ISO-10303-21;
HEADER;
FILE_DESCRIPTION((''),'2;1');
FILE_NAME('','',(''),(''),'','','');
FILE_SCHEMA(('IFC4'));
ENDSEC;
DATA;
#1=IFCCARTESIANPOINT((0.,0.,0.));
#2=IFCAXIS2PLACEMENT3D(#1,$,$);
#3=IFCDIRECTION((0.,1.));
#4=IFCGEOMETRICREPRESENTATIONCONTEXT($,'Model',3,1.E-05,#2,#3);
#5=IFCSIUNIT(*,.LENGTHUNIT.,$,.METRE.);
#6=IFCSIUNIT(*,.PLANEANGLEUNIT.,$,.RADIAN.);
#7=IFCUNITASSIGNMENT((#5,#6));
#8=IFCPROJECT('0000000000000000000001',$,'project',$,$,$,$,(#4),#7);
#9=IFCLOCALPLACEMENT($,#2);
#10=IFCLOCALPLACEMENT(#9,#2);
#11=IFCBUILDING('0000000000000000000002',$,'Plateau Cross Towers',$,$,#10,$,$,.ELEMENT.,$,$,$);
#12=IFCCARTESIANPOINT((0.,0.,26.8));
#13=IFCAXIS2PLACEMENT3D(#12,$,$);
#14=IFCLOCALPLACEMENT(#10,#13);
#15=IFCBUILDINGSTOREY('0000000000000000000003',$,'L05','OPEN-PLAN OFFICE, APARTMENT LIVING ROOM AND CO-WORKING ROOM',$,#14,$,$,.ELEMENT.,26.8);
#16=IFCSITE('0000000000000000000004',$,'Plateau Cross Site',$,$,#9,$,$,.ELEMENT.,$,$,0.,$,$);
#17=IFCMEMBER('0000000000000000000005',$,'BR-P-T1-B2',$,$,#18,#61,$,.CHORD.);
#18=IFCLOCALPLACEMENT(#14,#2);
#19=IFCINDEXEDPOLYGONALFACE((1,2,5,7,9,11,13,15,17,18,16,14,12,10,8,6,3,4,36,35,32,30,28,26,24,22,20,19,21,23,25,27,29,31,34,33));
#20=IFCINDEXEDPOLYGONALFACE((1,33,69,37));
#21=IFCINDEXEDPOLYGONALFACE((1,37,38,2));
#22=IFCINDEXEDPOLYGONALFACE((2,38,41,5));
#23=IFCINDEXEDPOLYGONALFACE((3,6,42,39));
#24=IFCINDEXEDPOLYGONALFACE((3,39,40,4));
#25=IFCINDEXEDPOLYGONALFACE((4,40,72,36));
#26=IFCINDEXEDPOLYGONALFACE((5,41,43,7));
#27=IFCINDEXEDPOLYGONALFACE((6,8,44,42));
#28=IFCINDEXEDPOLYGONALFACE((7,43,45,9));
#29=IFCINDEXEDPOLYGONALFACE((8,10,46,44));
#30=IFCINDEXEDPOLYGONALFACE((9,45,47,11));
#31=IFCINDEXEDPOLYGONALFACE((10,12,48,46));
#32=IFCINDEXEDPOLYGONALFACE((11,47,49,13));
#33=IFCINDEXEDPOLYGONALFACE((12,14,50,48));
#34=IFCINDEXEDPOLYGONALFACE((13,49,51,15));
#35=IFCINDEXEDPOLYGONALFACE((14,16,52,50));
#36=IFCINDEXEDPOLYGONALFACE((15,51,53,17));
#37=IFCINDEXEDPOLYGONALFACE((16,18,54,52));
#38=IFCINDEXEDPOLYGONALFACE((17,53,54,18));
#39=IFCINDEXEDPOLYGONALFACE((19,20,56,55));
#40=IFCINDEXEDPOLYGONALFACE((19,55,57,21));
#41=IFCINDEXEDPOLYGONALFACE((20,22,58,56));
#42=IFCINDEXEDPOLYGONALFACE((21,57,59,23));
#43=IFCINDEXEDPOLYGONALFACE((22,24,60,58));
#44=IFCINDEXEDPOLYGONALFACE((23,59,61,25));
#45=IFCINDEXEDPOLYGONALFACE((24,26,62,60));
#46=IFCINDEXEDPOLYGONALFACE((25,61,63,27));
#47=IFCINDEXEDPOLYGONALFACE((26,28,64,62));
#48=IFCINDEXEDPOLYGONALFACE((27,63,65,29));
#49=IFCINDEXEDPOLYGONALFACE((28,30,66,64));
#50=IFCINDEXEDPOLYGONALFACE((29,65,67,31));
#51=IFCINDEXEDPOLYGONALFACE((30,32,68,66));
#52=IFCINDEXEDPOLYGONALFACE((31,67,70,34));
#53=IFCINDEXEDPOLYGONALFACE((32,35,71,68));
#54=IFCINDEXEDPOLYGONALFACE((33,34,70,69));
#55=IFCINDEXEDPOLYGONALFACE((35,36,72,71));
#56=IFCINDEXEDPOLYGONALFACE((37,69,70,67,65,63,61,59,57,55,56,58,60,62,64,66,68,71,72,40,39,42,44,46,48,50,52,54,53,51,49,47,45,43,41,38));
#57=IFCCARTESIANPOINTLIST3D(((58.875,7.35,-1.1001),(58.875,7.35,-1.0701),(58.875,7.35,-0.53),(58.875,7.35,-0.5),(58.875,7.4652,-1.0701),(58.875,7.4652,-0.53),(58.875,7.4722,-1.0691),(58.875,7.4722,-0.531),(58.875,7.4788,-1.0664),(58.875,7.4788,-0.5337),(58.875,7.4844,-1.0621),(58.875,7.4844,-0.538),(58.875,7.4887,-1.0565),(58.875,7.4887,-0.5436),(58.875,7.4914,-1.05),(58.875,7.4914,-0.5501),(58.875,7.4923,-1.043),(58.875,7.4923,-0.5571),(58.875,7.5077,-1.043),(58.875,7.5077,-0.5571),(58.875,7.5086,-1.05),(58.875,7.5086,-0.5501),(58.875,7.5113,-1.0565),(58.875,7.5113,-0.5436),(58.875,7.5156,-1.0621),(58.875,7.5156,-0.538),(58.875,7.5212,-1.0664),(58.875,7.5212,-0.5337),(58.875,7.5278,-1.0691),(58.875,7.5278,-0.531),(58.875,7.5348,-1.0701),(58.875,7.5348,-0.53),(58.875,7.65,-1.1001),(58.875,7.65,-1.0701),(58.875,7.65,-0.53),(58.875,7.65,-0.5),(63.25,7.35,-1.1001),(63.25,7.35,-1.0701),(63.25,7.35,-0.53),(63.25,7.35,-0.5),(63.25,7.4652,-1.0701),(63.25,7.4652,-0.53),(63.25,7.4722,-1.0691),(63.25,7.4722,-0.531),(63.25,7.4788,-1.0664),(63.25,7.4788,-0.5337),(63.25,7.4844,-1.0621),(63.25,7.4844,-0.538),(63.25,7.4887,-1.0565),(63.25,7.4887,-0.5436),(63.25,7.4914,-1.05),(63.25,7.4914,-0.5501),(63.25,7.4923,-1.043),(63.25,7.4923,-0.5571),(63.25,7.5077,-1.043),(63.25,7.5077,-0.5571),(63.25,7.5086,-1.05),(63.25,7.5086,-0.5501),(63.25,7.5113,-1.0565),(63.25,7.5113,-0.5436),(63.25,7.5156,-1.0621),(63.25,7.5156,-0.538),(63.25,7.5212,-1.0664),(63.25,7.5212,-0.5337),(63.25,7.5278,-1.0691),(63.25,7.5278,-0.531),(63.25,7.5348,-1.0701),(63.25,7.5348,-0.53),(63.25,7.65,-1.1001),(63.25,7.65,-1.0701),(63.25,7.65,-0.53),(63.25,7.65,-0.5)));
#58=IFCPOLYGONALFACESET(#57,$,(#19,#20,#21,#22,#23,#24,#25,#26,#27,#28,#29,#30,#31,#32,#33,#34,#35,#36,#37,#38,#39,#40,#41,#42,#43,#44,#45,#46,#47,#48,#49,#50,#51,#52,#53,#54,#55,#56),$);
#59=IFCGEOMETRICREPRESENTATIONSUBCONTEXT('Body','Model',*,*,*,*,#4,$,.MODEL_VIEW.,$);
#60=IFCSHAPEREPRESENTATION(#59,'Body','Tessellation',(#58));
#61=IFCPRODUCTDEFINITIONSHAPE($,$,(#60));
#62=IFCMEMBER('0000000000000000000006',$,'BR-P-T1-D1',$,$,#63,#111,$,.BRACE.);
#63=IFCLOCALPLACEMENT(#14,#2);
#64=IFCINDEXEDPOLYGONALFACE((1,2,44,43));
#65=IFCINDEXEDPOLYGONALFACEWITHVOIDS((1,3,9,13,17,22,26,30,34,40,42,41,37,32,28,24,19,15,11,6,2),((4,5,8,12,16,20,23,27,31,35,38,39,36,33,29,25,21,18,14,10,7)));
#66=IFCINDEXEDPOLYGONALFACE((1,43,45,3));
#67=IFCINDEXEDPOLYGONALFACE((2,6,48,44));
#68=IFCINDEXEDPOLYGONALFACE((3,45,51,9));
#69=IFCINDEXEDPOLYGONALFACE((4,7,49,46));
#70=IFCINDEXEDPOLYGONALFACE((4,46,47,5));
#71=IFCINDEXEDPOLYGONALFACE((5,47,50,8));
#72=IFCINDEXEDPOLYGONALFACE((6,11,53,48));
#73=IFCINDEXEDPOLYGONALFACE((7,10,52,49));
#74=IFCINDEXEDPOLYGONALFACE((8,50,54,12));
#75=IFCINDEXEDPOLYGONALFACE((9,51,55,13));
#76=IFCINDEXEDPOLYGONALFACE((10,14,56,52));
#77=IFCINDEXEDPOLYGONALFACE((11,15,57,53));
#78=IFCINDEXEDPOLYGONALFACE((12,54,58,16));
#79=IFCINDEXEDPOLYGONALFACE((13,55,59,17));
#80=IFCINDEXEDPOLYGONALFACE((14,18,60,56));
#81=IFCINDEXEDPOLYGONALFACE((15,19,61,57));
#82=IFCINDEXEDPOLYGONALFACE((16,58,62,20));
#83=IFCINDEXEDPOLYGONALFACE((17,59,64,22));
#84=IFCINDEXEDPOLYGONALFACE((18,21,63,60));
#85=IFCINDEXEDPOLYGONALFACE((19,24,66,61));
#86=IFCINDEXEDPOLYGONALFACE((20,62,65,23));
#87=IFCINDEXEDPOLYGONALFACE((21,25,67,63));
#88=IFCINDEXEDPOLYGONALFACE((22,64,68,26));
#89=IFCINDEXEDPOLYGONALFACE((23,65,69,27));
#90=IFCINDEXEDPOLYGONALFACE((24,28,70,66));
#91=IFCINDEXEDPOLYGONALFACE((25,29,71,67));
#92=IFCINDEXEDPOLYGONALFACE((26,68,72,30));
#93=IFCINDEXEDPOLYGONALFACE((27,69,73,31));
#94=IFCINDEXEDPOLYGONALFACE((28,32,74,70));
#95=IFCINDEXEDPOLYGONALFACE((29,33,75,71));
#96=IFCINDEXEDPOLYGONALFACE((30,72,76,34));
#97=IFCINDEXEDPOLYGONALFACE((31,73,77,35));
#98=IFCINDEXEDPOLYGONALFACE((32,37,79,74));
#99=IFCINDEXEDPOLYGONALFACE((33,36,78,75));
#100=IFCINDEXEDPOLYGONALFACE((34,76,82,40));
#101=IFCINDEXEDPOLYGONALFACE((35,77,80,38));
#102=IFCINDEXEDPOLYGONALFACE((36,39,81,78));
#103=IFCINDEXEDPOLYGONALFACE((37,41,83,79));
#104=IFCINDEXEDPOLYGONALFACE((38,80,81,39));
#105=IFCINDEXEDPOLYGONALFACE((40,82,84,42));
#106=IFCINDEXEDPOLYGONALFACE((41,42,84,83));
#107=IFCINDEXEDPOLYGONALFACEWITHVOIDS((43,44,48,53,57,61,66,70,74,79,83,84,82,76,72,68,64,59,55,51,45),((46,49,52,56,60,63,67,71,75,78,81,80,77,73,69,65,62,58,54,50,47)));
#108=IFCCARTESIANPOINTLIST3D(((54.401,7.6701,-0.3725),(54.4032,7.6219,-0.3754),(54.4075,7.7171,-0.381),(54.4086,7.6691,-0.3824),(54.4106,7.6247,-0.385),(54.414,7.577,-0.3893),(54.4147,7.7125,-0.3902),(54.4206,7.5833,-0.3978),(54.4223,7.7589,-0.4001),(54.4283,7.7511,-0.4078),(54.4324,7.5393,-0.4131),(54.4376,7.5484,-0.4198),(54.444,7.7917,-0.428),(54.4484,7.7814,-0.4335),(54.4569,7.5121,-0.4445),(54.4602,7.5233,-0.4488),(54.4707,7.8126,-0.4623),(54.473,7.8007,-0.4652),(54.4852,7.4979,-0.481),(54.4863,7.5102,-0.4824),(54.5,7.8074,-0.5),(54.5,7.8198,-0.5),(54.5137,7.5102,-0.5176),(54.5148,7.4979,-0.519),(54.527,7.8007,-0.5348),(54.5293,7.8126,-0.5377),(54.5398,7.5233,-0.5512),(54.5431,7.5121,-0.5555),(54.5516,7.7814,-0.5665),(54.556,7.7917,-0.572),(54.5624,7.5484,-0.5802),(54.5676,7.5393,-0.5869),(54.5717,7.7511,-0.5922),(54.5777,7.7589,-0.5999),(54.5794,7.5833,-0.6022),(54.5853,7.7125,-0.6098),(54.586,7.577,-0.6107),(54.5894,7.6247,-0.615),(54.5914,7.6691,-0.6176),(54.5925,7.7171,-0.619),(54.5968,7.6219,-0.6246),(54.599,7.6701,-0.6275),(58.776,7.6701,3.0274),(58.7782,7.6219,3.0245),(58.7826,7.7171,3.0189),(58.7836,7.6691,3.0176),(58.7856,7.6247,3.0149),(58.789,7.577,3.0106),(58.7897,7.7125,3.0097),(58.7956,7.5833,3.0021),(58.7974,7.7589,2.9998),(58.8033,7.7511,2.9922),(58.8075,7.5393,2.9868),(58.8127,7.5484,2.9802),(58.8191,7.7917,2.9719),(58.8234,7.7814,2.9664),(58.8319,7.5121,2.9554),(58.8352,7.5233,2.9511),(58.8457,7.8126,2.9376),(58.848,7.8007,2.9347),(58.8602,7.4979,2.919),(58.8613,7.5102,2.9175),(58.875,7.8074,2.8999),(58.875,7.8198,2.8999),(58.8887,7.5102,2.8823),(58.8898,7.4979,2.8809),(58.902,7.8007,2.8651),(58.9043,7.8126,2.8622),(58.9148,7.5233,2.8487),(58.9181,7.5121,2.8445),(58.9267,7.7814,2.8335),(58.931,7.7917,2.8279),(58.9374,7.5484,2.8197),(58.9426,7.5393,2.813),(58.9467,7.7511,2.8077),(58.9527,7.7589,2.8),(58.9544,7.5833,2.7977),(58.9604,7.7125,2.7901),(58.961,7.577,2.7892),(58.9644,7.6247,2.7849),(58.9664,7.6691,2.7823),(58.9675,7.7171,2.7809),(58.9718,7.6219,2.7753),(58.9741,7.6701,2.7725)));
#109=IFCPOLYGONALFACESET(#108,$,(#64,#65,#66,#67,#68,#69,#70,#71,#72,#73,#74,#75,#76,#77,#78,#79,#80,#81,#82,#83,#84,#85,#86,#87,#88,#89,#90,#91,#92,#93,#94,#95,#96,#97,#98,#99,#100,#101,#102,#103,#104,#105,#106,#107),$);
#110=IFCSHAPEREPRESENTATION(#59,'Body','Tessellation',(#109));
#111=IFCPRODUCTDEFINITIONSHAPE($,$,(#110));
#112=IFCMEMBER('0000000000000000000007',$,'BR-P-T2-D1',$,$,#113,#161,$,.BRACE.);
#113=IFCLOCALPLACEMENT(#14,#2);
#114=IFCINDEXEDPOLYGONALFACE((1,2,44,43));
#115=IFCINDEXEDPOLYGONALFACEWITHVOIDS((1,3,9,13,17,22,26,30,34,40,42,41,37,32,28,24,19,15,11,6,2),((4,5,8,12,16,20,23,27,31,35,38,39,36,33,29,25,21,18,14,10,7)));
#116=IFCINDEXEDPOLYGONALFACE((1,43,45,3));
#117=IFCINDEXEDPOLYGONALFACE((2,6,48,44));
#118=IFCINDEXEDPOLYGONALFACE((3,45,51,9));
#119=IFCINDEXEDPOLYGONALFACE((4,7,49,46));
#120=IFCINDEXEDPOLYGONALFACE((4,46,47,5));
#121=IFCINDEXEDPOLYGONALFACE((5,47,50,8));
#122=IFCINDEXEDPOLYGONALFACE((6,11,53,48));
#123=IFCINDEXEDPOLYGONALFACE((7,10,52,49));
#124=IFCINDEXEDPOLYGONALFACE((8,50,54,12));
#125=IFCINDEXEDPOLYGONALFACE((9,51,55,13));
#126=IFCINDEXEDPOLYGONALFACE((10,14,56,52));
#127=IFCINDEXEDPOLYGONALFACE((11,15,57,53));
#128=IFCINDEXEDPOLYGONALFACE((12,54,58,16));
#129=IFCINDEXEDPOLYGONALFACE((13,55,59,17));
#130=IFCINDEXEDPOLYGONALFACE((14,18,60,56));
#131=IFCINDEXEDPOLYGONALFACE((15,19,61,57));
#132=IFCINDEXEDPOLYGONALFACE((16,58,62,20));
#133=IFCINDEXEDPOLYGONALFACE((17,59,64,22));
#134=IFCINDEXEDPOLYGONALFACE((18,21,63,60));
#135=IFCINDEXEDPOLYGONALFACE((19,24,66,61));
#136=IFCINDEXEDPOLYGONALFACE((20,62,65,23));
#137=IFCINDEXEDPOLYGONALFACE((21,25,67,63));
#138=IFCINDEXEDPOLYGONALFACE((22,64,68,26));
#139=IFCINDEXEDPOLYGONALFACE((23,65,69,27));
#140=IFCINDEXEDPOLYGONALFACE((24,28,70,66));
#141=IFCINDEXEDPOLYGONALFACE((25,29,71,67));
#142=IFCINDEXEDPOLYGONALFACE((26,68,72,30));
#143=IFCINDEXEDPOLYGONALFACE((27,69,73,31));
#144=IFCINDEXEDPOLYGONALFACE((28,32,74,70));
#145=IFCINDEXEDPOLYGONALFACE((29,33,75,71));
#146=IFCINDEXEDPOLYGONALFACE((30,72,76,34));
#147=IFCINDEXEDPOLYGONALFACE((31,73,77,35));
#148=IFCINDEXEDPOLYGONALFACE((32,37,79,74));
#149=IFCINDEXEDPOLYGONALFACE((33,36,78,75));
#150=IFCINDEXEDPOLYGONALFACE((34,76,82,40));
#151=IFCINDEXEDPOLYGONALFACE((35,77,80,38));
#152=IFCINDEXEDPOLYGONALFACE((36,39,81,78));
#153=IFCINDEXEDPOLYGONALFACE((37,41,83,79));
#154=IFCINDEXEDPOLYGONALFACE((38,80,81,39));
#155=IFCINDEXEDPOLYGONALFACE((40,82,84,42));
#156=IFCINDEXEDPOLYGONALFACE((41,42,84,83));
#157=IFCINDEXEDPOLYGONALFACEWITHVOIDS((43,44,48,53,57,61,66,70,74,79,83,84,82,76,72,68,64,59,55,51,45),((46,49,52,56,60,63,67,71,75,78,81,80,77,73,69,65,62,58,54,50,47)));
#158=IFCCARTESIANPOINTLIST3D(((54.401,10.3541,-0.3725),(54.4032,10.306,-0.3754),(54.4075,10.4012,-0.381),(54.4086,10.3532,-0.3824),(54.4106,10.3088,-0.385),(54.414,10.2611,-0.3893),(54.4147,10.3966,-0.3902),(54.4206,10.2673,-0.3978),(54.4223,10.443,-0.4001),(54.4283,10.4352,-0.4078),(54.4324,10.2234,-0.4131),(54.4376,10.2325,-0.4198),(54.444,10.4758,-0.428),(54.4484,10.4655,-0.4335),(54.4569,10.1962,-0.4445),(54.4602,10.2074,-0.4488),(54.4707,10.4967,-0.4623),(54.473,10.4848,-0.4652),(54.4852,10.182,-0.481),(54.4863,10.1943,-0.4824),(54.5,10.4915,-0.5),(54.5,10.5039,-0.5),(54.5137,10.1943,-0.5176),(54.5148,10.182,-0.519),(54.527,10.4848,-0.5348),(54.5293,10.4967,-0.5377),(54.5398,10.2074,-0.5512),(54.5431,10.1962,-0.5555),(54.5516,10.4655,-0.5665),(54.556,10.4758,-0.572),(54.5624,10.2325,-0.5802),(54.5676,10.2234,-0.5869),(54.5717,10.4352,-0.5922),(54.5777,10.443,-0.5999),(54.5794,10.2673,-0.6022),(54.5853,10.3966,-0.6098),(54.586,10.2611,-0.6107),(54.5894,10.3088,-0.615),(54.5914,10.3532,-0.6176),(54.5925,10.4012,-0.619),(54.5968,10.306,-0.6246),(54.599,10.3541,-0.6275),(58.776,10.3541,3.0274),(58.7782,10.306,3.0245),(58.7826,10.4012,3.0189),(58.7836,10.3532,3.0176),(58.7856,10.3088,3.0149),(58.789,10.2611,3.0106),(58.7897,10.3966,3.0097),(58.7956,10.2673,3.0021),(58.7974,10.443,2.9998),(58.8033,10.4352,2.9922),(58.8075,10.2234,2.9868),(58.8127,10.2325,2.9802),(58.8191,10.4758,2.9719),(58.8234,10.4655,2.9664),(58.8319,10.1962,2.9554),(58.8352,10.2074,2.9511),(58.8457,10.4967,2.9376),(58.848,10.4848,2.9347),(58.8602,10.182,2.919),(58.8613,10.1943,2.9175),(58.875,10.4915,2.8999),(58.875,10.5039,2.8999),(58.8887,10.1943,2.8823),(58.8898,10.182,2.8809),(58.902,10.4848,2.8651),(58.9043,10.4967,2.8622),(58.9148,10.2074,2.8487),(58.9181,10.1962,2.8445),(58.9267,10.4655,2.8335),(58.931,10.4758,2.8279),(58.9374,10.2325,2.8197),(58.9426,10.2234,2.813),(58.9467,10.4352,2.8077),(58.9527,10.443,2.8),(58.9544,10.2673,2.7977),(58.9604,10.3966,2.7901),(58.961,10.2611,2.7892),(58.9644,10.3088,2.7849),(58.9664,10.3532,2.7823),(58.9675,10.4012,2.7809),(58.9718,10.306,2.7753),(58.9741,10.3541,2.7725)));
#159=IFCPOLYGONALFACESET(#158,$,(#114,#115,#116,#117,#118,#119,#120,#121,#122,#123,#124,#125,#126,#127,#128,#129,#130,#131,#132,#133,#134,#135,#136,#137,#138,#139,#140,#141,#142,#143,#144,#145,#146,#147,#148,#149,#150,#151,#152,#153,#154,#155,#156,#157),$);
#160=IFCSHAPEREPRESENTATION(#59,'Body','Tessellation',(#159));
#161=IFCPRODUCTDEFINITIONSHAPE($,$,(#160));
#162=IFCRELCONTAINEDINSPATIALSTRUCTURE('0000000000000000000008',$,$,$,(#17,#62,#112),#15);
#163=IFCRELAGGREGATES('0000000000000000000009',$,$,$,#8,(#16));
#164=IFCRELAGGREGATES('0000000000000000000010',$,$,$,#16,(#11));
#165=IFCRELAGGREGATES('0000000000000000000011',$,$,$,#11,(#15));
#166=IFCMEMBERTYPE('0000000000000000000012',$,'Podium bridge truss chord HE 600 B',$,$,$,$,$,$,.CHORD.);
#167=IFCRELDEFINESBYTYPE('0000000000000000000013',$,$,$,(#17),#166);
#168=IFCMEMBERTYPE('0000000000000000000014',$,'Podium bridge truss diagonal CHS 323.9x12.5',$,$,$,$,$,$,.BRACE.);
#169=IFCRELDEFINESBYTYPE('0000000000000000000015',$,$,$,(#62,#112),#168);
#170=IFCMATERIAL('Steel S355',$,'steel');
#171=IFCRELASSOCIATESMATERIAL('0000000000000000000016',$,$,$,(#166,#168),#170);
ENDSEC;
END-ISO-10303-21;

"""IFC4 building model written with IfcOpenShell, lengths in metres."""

from ifc_helpers import new_model, si_unit, direction, frame, origin, origin_2d, place, context, subcontext, project, spatial, hollow_circle, i_section, extrude, material, material_profile, profile_set, type_object, element, save


model = new_model("IFC4")

# Units and contexts
model_context = context("Model", 3, precision=1e-05, world=origin(), true_north=direction((0.0, 1.0)))
body_context = subcontext(model_context, "Body", "Model", "MODEL_VIEW")
ifc_project = project(units=[si_unit("LENGTHUNIT", "METRE"), si_unit("PLANEANGLEUNIT", "RADIAN")], contexts=[model_context])

# Site, building, storey
site_placement = place(None, origin())
site = spatial("IfcSite", under=ifc_project, at=site_placement, Name="Plateau Cross Site", CompositionType="ELEMENT", RefElevation=0.0)
building_placement = place(site_placement, origin())
building = spatial("IfcBuilding", under=site, at=building_placement, Name="Plateau Cross Towers", CompositionType="ELEMENT")
storey_placement = place(building_placement, frame((0.0, 0.0, 26.8)))
storey = spatial("IfcBuildingStorey", under=building, at=storey_placement, Name="L05", Description="OPEN-PLAN OFFICE, APARTMENT LIVING ROOM AND CO-WORKING ROOM", CompositionType="ELEMENT", Elevation=26.8)

# Members
ifc_material_1 = material(Name="Steel S355", Category="steel")
ifc_material_profile_1 = material_profile(ifc_material_1, i_section(OverallWidth=0.3, OverallDepth=0.6001, WebThickness=0.0154, FlangeThickness=0.03, FilletRadius=0.0271, at=origin_2d()), Name="HE 600 B")
ifc_profile_set_1 = profile_set([ifc_material_profile_1], Name="Steel S355")
member_type_1 = type_object("IfcMemberType", Name="Podium bridge truss chord HE 600 B", PredefinedType="CHORD", material=ifc_profile_set_1)
for number, where, z_axis, x_axis, name in (
    (1, (58.875, 7.5, -0.8), (1.0, 0.0, 0.0), (0.0, 1.0, 0.0), "BR-P-T1-B2"),
):
    element("IfcMember", number, at=place(storey_placement, frame(where, z_axis=z_axis, x_axis=x_axis)), inside=storey, type_object=member_type_1, Name=name, PredefinedType="CHORD", context=body_context, shape_type="SweptSolid", body=[
        extrude(i_section(OverallWidth=0.3, OverallDepth=0.6001, WebThickness=0.0154, FlangeThickness=0.03, FilletRadius=0.0271, at=origin_2d()), origin(), (0.0, 0.0, 1.0), 4.375),
    ])
ifc_material_profile_2 = material_profile(ifc_material_1, hollow_circle(Radius=0.1619, WallThickness=0.0125, at=origin_2d()), Name="CHS 323.9x12.5")
ifc_profile_set_2 = profile_set([ifc_material_profile_2], Name="Steel S355")
member_type_2 = type_object("IfcMemberType", Name="Podium bridge truss diagonal CHS 323.9x12.5", PredefinedType="BRACE", material=ifc_profile_set_2)
for number, where, z_axis, x_axis, name in (
    (2, (54.5, 7.658, -0.5), (0.789604, 0.0, 0.613617), (0.0, 1.0, 0.0), "BR-P-T1-D1"),
    (3, (54.5, 10.342, -0.5), (0.789604, 0.0, 0.613617), (0.0, 1.0, 0.0), "BR-P-T2-D1"),
):
    element("IfcMember", number, at=place(storey_placement, frame(where, z_axis=z_axis, x_axis=x_axis)), inside=storey, type_object=member_type_2, Name=name, PredefinedType="BRACE", context=body_context, shape_type="SweptSolid", body=[
        extrude(hollow_circle(Radius=0.1619, WallThickness=0.0125, at=origin_2d()), origin(), (0.0, 0.0, 1.0), 5.5408),
    ])

save(model, "model.ifc")
